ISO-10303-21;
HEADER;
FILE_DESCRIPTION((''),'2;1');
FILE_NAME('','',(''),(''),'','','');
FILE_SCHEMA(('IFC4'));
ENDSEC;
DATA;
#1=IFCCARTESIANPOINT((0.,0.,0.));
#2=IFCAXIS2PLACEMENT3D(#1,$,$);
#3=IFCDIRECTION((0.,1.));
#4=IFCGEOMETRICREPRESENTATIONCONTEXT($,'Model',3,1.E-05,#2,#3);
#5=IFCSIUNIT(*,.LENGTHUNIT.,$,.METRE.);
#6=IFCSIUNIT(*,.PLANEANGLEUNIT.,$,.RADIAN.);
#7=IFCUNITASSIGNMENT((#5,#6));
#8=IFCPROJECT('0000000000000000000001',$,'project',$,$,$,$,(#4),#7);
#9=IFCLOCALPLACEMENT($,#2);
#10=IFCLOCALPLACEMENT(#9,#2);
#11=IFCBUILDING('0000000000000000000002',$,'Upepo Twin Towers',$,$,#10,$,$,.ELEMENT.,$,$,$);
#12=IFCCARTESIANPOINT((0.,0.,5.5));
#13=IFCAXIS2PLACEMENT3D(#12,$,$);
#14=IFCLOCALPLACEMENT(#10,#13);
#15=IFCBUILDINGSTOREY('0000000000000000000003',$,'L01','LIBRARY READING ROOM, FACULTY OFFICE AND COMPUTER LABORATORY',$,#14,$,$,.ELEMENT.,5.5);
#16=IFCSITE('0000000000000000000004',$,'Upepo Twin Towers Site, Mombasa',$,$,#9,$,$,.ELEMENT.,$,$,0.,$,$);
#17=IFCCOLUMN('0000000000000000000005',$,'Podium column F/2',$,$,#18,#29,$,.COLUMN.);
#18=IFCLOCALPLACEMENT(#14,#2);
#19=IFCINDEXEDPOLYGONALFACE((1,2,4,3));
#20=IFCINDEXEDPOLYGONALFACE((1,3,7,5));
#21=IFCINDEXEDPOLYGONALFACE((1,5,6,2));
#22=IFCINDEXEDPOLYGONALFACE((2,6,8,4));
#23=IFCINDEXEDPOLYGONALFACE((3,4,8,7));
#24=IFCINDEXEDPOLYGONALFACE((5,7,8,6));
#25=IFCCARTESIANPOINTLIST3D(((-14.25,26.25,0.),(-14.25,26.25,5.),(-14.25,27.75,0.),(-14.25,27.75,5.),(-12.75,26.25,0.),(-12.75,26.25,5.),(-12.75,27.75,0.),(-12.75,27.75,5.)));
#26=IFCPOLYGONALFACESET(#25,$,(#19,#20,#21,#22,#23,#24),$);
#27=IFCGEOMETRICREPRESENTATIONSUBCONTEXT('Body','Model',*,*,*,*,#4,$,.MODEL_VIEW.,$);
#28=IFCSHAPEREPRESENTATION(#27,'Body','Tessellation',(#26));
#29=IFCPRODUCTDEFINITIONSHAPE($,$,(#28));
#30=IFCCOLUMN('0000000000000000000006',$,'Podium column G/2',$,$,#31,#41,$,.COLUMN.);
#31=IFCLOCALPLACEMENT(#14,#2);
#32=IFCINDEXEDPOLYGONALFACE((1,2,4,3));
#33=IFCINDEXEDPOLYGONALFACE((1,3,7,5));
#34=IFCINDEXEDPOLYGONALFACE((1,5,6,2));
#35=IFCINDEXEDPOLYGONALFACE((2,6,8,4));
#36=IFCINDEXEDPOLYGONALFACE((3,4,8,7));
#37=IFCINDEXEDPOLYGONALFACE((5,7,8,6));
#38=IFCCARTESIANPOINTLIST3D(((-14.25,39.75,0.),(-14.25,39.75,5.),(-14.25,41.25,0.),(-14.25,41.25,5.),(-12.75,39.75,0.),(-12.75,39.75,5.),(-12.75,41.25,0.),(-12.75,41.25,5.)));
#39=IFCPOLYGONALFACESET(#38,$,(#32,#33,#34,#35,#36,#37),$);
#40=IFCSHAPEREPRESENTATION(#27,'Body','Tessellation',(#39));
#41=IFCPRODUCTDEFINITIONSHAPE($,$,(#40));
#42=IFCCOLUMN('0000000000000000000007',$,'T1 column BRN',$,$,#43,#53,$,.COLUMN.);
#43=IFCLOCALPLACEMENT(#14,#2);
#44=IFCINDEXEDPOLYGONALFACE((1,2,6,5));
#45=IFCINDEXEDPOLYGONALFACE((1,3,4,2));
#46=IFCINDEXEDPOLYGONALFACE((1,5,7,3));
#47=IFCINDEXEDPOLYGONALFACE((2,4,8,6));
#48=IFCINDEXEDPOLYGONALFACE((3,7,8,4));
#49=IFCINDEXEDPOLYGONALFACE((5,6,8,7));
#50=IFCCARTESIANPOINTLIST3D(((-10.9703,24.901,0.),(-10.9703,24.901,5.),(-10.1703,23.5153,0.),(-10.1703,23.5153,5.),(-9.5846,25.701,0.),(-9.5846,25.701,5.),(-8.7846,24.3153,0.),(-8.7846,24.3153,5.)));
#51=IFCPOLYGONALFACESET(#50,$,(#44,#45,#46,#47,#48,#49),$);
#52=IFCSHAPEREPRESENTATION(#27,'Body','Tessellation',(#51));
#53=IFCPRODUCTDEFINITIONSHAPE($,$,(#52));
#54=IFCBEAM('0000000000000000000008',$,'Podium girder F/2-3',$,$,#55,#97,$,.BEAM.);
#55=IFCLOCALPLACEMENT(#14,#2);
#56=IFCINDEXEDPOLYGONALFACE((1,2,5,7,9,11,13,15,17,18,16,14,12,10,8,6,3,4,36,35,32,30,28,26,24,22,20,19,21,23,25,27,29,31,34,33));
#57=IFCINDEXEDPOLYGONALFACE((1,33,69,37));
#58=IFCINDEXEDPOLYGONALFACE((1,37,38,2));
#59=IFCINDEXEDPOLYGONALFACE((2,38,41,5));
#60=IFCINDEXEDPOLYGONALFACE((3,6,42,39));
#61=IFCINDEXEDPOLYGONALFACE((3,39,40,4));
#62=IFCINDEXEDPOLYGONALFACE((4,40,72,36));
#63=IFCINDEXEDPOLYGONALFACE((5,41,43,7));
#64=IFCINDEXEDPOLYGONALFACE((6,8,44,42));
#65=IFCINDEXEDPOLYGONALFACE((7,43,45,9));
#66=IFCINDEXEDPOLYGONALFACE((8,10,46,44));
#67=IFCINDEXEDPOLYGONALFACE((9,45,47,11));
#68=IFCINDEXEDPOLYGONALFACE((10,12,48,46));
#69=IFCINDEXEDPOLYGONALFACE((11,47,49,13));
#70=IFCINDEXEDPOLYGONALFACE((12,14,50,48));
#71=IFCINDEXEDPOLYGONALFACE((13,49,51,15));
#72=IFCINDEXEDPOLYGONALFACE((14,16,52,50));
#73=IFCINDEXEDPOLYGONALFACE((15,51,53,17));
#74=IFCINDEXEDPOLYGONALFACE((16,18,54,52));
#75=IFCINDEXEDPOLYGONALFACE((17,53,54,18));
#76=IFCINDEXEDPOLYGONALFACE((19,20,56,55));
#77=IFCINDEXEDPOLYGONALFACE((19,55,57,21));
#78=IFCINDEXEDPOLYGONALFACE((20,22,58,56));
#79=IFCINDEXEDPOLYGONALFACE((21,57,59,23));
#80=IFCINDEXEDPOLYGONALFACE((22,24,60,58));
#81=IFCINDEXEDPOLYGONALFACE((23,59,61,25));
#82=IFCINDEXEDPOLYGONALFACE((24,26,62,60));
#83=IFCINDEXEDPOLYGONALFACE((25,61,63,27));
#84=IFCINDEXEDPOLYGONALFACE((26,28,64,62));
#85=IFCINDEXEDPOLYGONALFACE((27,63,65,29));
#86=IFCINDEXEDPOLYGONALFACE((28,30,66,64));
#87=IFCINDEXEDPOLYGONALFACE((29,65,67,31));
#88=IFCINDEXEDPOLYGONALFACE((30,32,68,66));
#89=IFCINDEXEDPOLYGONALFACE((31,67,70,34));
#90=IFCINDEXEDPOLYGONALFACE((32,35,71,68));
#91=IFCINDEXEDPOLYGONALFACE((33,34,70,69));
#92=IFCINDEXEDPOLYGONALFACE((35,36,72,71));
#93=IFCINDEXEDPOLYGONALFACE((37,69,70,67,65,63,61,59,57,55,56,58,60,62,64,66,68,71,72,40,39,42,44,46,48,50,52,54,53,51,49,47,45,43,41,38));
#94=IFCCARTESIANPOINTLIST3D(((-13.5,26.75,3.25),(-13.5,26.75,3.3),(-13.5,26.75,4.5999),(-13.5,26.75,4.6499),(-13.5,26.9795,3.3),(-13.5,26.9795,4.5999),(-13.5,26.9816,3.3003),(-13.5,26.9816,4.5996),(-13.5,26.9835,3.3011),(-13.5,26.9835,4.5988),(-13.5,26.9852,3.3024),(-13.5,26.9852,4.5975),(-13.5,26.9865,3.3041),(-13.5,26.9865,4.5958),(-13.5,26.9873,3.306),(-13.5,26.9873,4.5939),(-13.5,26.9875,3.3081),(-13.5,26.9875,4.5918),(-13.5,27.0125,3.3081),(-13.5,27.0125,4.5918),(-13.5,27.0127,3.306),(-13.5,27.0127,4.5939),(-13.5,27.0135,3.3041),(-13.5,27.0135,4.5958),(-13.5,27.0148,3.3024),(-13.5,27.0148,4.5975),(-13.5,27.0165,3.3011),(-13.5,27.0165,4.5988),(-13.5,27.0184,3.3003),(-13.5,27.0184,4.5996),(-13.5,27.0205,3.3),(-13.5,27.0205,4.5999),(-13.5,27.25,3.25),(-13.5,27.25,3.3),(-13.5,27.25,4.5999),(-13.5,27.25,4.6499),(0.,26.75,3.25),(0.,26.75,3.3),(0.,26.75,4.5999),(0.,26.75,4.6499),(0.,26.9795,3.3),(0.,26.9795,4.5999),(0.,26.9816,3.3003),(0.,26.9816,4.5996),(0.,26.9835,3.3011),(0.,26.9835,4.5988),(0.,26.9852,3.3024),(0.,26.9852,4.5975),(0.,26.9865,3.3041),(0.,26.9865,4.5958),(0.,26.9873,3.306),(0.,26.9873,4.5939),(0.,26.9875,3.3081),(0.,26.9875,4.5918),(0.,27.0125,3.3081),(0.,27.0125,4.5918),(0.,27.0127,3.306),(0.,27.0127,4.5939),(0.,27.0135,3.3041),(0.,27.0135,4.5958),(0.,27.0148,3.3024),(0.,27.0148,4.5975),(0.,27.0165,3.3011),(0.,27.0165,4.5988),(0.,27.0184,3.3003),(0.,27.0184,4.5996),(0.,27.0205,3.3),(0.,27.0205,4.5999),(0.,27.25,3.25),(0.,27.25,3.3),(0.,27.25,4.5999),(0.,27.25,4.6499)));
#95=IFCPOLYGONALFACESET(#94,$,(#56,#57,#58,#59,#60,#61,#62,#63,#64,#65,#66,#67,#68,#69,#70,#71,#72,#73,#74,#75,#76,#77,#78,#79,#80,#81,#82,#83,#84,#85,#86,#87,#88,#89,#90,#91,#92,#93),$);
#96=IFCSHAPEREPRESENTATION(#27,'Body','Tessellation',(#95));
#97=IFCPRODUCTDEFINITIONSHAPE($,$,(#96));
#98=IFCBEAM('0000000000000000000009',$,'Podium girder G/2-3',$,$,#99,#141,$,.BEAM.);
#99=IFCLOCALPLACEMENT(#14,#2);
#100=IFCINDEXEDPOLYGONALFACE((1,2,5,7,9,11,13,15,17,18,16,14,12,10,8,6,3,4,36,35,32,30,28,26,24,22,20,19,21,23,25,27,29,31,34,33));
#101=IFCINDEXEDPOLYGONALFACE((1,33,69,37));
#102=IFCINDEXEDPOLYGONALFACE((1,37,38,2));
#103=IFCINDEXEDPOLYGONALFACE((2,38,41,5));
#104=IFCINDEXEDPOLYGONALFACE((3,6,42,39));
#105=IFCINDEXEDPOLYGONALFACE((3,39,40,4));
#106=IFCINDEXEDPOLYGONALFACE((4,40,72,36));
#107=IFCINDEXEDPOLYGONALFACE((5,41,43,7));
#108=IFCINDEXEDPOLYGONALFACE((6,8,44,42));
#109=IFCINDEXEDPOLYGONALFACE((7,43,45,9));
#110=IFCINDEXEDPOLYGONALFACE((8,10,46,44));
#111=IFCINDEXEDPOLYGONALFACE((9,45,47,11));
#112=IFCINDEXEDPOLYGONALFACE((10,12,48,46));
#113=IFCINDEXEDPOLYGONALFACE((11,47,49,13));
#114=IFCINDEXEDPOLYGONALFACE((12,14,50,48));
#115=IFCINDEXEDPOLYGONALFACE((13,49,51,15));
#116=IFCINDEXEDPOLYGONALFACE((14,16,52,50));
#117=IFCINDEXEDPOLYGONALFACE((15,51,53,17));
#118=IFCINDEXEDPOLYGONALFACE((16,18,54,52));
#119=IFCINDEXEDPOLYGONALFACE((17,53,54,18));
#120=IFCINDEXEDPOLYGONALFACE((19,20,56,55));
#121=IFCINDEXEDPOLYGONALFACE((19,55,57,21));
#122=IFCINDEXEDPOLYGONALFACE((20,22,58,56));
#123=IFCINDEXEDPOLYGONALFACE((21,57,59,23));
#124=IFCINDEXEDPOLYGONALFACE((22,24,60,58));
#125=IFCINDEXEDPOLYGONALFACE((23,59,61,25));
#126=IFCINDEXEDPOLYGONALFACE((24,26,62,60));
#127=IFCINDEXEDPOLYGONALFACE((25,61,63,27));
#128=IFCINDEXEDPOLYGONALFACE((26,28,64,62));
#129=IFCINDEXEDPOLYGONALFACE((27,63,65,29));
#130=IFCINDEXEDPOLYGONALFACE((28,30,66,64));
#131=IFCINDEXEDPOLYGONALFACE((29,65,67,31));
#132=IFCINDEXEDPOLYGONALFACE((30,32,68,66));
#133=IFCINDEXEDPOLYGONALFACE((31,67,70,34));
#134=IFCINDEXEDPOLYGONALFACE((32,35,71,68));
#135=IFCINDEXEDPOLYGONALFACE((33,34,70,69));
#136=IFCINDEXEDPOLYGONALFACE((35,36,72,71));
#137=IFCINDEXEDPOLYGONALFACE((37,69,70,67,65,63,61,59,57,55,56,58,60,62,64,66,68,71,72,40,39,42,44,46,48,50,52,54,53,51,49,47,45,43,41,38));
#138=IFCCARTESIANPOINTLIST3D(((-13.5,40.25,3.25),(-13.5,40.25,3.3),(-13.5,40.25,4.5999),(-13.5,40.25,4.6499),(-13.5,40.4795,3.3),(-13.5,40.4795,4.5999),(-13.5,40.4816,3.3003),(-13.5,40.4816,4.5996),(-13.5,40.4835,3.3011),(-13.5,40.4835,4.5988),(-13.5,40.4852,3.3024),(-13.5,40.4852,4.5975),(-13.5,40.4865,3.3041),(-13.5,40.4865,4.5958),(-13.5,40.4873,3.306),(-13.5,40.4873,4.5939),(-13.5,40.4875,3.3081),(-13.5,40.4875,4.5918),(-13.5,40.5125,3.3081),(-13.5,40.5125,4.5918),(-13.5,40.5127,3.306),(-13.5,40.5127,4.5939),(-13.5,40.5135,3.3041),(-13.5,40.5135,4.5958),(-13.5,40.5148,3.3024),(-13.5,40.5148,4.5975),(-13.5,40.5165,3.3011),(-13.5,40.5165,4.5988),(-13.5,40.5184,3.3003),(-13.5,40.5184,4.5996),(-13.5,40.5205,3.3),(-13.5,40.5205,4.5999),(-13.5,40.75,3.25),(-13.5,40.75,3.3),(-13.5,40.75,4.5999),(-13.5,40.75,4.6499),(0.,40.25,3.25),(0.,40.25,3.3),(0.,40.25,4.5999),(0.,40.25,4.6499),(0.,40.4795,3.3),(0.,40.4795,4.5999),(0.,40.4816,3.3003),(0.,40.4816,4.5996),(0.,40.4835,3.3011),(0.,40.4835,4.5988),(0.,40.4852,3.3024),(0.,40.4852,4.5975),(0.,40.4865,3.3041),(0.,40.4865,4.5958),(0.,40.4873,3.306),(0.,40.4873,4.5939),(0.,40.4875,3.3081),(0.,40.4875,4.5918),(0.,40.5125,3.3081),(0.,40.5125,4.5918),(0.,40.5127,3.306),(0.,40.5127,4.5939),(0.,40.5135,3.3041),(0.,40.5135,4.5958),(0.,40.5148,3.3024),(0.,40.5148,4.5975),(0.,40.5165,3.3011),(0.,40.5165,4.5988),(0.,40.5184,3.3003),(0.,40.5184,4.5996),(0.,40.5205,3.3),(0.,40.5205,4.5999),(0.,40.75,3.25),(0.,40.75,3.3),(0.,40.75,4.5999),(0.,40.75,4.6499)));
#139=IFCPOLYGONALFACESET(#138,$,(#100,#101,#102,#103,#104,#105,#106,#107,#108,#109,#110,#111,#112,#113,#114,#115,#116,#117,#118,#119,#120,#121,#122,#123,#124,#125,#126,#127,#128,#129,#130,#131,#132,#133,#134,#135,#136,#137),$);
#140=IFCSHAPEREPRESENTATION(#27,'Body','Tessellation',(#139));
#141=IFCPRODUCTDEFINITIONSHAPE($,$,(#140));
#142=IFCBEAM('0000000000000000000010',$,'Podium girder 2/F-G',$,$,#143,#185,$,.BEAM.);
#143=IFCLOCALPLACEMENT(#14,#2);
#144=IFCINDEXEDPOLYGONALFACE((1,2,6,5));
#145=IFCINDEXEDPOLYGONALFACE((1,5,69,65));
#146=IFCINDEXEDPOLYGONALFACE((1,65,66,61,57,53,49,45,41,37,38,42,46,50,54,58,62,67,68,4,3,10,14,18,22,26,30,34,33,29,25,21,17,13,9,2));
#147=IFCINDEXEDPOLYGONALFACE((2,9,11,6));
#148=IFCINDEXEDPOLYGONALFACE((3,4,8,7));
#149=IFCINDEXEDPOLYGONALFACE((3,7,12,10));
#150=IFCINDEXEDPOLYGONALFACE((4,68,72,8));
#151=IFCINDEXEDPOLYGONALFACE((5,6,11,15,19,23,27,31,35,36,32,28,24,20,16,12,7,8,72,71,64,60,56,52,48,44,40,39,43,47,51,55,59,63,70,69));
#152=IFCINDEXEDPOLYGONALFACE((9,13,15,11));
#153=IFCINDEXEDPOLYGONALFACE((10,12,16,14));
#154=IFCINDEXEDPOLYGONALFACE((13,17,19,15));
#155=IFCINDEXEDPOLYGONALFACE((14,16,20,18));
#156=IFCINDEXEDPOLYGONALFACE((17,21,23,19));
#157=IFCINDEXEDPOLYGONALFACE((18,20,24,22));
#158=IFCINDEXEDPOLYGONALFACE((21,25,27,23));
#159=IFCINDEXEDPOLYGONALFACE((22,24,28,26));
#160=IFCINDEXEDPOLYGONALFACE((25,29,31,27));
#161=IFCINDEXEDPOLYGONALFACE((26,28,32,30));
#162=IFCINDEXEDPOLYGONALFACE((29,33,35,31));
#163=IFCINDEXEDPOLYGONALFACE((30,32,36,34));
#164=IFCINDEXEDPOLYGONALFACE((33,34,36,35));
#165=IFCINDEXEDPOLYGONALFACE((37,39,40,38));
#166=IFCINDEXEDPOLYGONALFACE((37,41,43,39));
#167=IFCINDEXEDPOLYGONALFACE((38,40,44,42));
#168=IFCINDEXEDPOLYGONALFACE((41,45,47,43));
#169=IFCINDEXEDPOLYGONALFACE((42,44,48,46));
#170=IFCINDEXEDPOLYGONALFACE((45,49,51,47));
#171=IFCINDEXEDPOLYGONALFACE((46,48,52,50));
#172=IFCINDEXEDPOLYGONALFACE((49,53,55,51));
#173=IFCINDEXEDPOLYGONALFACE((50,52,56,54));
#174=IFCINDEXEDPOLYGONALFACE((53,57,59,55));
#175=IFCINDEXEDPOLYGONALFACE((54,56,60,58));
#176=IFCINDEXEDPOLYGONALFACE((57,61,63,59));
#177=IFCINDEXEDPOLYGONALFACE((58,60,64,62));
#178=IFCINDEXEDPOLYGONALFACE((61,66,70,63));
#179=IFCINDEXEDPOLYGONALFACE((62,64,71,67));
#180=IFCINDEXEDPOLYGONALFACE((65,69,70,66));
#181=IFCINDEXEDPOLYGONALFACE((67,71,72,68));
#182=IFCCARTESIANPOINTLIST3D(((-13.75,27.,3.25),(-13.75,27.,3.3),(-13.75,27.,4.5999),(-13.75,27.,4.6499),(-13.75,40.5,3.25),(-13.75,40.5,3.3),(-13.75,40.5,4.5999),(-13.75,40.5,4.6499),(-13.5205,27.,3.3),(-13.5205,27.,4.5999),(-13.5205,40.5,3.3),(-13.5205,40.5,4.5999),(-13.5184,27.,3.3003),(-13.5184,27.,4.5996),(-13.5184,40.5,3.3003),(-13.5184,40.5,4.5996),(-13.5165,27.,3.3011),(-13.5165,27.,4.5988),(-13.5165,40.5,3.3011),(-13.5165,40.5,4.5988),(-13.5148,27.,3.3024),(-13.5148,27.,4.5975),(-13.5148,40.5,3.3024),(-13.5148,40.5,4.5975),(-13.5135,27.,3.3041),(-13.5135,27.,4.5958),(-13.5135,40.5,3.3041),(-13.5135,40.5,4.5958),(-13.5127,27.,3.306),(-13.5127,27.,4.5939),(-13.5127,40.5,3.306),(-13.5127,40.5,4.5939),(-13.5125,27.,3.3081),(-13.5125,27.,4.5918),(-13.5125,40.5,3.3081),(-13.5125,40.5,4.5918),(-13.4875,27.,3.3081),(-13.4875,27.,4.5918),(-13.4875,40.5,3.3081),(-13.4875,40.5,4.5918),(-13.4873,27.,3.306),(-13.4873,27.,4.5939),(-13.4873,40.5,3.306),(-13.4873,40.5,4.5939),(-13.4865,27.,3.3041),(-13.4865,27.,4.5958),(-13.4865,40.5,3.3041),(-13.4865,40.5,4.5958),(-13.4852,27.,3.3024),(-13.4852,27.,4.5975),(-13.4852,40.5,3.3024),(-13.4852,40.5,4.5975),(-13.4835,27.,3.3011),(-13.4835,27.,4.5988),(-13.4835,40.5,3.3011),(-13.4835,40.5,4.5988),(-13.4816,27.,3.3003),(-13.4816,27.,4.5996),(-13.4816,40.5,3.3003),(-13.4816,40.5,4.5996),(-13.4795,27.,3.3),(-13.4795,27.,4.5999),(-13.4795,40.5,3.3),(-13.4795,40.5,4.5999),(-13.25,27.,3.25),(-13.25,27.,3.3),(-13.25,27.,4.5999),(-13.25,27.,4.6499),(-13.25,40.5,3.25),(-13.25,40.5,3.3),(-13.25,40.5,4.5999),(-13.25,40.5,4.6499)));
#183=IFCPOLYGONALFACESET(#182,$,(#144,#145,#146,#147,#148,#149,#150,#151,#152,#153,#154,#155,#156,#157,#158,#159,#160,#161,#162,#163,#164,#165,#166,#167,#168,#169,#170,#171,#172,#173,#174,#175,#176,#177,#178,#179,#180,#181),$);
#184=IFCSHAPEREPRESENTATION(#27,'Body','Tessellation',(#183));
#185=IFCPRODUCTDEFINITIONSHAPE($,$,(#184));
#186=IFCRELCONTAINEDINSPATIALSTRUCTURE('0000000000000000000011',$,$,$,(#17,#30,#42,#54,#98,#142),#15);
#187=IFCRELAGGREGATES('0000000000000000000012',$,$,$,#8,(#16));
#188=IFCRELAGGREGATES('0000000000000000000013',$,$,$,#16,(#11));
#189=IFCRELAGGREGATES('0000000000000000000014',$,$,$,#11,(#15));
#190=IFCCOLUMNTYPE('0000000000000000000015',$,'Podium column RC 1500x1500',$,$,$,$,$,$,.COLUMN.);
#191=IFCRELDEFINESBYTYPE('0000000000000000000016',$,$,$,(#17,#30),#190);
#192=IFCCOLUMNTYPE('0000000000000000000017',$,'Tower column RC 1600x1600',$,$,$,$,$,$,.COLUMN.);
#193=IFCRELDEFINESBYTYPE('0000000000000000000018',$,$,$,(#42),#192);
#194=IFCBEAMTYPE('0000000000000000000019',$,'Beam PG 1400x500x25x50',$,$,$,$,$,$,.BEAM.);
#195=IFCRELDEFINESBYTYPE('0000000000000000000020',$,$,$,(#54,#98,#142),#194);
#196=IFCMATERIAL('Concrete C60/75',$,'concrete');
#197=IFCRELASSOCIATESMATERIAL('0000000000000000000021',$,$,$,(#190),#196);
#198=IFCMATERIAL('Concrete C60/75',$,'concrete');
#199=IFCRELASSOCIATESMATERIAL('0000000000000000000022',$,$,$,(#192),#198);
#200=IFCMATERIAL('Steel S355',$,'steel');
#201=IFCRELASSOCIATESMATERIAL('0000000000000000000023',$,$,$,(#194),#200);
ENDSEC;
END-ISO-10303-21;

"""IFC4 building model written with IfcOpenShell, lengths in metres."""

from ifc_helpers import new_model, si_unit, direction, frame, origin, origin_2d, place, context, subcontext, project, spatial, rectangle, i_section, extrude, material, material_profile, profile_set, type_object, element, save


model = new_model("IFC4")

# Units and contexts
model_context = context("Model", 3, precision=1e-05, world=origin(), true_north=direction((0.0, 1.0)))
body_context = subcontext(model_context, "Body", "Model", "MODEL_VIEW")
ifc_project = project(units=[si_unit("LENGTHUNIT", "METRE"), si_unit("PLANEANGLEUNIT", "RADIAN")], contexts=[model_context])

# Site, building, storey
site_placement = place(None, origin())
site = spatial("IfcSite", under=ifc_project, at=site_placement, Name="Upepo Twin Towers Site, Mombasa", CompositionType="ELEMENT", RefElevation=0.0)
building_placement = place(site_placement, origin())
building = spatial("IfcBuilding", under=site, at=building_placement, Name="Upepo Twin Towers", CompositionType="ELEMENT")
storey_placement = place(building_placement, frame((0.0, 0.0, 5.5)))
storey = spatial("IfcBuildingStorey", under=building, at=storey_placement, Name="L01", Description="LIBRARY READING ROOM, FACULTY OFFICE AND COMPUTER LABORATORY", CompositionType="ELEMENT", Elevation=5.5)

# Columns
ifc_material_1 = material(Name="Concrete C60/75", Category="concrete")
ifc_material_profile_1 = material_profile(ifc_material_1, rectangle(XDim=1.5, YDim=1.5, at=origin_2d()), Name="RC 1500x1500")
ifc_profile_set_1 = profile_set([ifc_material_profile_1], Name="Concrete C60/75")
column_type_1 = type_object("IfcColumnType", Name="Podium column RC 1500x1500", PredefinedType="COLUMN", material=ifc_profile_set_1)
for number, where, z_axis, x_axis, name in (
    (1, (-13.5, 27.0, 0.0), (0.0, 0.0, 1.0), (1.0, 0.0, 0.0), "Podium column F/2"),
    (2, (-13.5, 40.5, 0.0), (0.0, 0.0, 1.0), (1.0, 0.0, 0.0), "Podium column G/2"),
):
    element("IfcColumn", number, at=place(storey_placement, frame(where, z_axis=z_axis, x_axis=x_axis)), inside=storey, type_object=column_type_1, Name=name, PredefinedType="COLUMN", context=body_context, shape_type="SweptSolid", body=[
        extrude(rectangle(XDim=1.5, YDim=1.5, at=origin_2d()), origin(), (0.0, 0.0, 1.0), 5.0),
    ])
ifc_material_2 = material(Name="Concrete C60/75", Category="concrete")
ifc_material_profile_2 = material_profile(ifc_material_2, rectangle(XDim=1.6001, YDim=1.6001, at=origin_2d()), Name="RC 1600x1600")
ifc_profile_set_2 = profile_set([ifc_material_profile_2], Name="Concrete C60/75")
column_type_2 = type_object("IfcColumnType", Name="Tower column RC 1600x1600", PredefinedType="COLUMN", material=ifc_profile_set_2)
column_placement = place(storey_placement, frame((-9.8774, 24.6082, 0.0), z_axis=(0.0, 0.0, 1.0), x_axis=(0.866025, 0.5, 0.0)))
element("IfcColumn", 3, at=column_placement, inside=storey, type_object=column_type_2, Name="T1 column BRN", PredefinedType="COLUMN", context=body_context, shape_type="SweptSolid", body=[
    extrude(rectangle(XDim=1.6001, YDim=1.6001, at=origin_2d()), origin(), (0.0, 0.0, 1.0), 5.0),
])

# Beams
ifc_material_3 = material(Name="Steel S355", Category="steel")
ifc_material_profile_3 = material_profile(ifc_material_3, i_section(OverallWidth=0.5, OverallDepth=1.3999, WebThickness=0.0249, FlangeThickness=0.05, FilletRadius=0.0081, at=origin_2d()), Name="PG 1400x500x25x50")
ifc_profile_set_3 = profile_set([ifc_material_profile_3], Name="Steel S355")
beam_type_1 = type_object("IfcBeamType", Name="Beam PG 1400x500x25x50", PredefinedType="BEAM", material=ifc_profile_set_3)
for number, where, z_axis, x_axis, name in (
    (4, (-13.5, 27.0, 3.95), (1.0, 0.0, 0.0), (0.0, 1.0, 0.0), "Podium girder F/2-3"),
    (5, (-13.5, 40.5, 3.95), (1.0, 0.0, 0.0), (0.0, 1.0, 0.0), "Podium girder G/2-3"),
    (6, (-13.5, 27.0, 3.95), (0.0, 1.0, 0.0), (-1.0, 0.0, 0.0), "Podium girder 2/F-G"),
):
    element("IfcBeam", number, at=place(storey_placement, frame(where, z_axis=z_axis, x_axis=x_axis)), inside=storey, type_object=beam_type_1, Name=name, PredefinedType="BEAM", context=body_context, shape_type="SweptSolid", body=[
        extrude(i_section(OverallWidth=0.5, OverallDepth=1.3999, WebThickness=0.0249, FlangeThickness=0.05, FilletRadius=0.0081, at=origin_2d()), origin(), (0.0, 0.0, 1.0), 13.5),
    ])

save(model, "model.ifc")
